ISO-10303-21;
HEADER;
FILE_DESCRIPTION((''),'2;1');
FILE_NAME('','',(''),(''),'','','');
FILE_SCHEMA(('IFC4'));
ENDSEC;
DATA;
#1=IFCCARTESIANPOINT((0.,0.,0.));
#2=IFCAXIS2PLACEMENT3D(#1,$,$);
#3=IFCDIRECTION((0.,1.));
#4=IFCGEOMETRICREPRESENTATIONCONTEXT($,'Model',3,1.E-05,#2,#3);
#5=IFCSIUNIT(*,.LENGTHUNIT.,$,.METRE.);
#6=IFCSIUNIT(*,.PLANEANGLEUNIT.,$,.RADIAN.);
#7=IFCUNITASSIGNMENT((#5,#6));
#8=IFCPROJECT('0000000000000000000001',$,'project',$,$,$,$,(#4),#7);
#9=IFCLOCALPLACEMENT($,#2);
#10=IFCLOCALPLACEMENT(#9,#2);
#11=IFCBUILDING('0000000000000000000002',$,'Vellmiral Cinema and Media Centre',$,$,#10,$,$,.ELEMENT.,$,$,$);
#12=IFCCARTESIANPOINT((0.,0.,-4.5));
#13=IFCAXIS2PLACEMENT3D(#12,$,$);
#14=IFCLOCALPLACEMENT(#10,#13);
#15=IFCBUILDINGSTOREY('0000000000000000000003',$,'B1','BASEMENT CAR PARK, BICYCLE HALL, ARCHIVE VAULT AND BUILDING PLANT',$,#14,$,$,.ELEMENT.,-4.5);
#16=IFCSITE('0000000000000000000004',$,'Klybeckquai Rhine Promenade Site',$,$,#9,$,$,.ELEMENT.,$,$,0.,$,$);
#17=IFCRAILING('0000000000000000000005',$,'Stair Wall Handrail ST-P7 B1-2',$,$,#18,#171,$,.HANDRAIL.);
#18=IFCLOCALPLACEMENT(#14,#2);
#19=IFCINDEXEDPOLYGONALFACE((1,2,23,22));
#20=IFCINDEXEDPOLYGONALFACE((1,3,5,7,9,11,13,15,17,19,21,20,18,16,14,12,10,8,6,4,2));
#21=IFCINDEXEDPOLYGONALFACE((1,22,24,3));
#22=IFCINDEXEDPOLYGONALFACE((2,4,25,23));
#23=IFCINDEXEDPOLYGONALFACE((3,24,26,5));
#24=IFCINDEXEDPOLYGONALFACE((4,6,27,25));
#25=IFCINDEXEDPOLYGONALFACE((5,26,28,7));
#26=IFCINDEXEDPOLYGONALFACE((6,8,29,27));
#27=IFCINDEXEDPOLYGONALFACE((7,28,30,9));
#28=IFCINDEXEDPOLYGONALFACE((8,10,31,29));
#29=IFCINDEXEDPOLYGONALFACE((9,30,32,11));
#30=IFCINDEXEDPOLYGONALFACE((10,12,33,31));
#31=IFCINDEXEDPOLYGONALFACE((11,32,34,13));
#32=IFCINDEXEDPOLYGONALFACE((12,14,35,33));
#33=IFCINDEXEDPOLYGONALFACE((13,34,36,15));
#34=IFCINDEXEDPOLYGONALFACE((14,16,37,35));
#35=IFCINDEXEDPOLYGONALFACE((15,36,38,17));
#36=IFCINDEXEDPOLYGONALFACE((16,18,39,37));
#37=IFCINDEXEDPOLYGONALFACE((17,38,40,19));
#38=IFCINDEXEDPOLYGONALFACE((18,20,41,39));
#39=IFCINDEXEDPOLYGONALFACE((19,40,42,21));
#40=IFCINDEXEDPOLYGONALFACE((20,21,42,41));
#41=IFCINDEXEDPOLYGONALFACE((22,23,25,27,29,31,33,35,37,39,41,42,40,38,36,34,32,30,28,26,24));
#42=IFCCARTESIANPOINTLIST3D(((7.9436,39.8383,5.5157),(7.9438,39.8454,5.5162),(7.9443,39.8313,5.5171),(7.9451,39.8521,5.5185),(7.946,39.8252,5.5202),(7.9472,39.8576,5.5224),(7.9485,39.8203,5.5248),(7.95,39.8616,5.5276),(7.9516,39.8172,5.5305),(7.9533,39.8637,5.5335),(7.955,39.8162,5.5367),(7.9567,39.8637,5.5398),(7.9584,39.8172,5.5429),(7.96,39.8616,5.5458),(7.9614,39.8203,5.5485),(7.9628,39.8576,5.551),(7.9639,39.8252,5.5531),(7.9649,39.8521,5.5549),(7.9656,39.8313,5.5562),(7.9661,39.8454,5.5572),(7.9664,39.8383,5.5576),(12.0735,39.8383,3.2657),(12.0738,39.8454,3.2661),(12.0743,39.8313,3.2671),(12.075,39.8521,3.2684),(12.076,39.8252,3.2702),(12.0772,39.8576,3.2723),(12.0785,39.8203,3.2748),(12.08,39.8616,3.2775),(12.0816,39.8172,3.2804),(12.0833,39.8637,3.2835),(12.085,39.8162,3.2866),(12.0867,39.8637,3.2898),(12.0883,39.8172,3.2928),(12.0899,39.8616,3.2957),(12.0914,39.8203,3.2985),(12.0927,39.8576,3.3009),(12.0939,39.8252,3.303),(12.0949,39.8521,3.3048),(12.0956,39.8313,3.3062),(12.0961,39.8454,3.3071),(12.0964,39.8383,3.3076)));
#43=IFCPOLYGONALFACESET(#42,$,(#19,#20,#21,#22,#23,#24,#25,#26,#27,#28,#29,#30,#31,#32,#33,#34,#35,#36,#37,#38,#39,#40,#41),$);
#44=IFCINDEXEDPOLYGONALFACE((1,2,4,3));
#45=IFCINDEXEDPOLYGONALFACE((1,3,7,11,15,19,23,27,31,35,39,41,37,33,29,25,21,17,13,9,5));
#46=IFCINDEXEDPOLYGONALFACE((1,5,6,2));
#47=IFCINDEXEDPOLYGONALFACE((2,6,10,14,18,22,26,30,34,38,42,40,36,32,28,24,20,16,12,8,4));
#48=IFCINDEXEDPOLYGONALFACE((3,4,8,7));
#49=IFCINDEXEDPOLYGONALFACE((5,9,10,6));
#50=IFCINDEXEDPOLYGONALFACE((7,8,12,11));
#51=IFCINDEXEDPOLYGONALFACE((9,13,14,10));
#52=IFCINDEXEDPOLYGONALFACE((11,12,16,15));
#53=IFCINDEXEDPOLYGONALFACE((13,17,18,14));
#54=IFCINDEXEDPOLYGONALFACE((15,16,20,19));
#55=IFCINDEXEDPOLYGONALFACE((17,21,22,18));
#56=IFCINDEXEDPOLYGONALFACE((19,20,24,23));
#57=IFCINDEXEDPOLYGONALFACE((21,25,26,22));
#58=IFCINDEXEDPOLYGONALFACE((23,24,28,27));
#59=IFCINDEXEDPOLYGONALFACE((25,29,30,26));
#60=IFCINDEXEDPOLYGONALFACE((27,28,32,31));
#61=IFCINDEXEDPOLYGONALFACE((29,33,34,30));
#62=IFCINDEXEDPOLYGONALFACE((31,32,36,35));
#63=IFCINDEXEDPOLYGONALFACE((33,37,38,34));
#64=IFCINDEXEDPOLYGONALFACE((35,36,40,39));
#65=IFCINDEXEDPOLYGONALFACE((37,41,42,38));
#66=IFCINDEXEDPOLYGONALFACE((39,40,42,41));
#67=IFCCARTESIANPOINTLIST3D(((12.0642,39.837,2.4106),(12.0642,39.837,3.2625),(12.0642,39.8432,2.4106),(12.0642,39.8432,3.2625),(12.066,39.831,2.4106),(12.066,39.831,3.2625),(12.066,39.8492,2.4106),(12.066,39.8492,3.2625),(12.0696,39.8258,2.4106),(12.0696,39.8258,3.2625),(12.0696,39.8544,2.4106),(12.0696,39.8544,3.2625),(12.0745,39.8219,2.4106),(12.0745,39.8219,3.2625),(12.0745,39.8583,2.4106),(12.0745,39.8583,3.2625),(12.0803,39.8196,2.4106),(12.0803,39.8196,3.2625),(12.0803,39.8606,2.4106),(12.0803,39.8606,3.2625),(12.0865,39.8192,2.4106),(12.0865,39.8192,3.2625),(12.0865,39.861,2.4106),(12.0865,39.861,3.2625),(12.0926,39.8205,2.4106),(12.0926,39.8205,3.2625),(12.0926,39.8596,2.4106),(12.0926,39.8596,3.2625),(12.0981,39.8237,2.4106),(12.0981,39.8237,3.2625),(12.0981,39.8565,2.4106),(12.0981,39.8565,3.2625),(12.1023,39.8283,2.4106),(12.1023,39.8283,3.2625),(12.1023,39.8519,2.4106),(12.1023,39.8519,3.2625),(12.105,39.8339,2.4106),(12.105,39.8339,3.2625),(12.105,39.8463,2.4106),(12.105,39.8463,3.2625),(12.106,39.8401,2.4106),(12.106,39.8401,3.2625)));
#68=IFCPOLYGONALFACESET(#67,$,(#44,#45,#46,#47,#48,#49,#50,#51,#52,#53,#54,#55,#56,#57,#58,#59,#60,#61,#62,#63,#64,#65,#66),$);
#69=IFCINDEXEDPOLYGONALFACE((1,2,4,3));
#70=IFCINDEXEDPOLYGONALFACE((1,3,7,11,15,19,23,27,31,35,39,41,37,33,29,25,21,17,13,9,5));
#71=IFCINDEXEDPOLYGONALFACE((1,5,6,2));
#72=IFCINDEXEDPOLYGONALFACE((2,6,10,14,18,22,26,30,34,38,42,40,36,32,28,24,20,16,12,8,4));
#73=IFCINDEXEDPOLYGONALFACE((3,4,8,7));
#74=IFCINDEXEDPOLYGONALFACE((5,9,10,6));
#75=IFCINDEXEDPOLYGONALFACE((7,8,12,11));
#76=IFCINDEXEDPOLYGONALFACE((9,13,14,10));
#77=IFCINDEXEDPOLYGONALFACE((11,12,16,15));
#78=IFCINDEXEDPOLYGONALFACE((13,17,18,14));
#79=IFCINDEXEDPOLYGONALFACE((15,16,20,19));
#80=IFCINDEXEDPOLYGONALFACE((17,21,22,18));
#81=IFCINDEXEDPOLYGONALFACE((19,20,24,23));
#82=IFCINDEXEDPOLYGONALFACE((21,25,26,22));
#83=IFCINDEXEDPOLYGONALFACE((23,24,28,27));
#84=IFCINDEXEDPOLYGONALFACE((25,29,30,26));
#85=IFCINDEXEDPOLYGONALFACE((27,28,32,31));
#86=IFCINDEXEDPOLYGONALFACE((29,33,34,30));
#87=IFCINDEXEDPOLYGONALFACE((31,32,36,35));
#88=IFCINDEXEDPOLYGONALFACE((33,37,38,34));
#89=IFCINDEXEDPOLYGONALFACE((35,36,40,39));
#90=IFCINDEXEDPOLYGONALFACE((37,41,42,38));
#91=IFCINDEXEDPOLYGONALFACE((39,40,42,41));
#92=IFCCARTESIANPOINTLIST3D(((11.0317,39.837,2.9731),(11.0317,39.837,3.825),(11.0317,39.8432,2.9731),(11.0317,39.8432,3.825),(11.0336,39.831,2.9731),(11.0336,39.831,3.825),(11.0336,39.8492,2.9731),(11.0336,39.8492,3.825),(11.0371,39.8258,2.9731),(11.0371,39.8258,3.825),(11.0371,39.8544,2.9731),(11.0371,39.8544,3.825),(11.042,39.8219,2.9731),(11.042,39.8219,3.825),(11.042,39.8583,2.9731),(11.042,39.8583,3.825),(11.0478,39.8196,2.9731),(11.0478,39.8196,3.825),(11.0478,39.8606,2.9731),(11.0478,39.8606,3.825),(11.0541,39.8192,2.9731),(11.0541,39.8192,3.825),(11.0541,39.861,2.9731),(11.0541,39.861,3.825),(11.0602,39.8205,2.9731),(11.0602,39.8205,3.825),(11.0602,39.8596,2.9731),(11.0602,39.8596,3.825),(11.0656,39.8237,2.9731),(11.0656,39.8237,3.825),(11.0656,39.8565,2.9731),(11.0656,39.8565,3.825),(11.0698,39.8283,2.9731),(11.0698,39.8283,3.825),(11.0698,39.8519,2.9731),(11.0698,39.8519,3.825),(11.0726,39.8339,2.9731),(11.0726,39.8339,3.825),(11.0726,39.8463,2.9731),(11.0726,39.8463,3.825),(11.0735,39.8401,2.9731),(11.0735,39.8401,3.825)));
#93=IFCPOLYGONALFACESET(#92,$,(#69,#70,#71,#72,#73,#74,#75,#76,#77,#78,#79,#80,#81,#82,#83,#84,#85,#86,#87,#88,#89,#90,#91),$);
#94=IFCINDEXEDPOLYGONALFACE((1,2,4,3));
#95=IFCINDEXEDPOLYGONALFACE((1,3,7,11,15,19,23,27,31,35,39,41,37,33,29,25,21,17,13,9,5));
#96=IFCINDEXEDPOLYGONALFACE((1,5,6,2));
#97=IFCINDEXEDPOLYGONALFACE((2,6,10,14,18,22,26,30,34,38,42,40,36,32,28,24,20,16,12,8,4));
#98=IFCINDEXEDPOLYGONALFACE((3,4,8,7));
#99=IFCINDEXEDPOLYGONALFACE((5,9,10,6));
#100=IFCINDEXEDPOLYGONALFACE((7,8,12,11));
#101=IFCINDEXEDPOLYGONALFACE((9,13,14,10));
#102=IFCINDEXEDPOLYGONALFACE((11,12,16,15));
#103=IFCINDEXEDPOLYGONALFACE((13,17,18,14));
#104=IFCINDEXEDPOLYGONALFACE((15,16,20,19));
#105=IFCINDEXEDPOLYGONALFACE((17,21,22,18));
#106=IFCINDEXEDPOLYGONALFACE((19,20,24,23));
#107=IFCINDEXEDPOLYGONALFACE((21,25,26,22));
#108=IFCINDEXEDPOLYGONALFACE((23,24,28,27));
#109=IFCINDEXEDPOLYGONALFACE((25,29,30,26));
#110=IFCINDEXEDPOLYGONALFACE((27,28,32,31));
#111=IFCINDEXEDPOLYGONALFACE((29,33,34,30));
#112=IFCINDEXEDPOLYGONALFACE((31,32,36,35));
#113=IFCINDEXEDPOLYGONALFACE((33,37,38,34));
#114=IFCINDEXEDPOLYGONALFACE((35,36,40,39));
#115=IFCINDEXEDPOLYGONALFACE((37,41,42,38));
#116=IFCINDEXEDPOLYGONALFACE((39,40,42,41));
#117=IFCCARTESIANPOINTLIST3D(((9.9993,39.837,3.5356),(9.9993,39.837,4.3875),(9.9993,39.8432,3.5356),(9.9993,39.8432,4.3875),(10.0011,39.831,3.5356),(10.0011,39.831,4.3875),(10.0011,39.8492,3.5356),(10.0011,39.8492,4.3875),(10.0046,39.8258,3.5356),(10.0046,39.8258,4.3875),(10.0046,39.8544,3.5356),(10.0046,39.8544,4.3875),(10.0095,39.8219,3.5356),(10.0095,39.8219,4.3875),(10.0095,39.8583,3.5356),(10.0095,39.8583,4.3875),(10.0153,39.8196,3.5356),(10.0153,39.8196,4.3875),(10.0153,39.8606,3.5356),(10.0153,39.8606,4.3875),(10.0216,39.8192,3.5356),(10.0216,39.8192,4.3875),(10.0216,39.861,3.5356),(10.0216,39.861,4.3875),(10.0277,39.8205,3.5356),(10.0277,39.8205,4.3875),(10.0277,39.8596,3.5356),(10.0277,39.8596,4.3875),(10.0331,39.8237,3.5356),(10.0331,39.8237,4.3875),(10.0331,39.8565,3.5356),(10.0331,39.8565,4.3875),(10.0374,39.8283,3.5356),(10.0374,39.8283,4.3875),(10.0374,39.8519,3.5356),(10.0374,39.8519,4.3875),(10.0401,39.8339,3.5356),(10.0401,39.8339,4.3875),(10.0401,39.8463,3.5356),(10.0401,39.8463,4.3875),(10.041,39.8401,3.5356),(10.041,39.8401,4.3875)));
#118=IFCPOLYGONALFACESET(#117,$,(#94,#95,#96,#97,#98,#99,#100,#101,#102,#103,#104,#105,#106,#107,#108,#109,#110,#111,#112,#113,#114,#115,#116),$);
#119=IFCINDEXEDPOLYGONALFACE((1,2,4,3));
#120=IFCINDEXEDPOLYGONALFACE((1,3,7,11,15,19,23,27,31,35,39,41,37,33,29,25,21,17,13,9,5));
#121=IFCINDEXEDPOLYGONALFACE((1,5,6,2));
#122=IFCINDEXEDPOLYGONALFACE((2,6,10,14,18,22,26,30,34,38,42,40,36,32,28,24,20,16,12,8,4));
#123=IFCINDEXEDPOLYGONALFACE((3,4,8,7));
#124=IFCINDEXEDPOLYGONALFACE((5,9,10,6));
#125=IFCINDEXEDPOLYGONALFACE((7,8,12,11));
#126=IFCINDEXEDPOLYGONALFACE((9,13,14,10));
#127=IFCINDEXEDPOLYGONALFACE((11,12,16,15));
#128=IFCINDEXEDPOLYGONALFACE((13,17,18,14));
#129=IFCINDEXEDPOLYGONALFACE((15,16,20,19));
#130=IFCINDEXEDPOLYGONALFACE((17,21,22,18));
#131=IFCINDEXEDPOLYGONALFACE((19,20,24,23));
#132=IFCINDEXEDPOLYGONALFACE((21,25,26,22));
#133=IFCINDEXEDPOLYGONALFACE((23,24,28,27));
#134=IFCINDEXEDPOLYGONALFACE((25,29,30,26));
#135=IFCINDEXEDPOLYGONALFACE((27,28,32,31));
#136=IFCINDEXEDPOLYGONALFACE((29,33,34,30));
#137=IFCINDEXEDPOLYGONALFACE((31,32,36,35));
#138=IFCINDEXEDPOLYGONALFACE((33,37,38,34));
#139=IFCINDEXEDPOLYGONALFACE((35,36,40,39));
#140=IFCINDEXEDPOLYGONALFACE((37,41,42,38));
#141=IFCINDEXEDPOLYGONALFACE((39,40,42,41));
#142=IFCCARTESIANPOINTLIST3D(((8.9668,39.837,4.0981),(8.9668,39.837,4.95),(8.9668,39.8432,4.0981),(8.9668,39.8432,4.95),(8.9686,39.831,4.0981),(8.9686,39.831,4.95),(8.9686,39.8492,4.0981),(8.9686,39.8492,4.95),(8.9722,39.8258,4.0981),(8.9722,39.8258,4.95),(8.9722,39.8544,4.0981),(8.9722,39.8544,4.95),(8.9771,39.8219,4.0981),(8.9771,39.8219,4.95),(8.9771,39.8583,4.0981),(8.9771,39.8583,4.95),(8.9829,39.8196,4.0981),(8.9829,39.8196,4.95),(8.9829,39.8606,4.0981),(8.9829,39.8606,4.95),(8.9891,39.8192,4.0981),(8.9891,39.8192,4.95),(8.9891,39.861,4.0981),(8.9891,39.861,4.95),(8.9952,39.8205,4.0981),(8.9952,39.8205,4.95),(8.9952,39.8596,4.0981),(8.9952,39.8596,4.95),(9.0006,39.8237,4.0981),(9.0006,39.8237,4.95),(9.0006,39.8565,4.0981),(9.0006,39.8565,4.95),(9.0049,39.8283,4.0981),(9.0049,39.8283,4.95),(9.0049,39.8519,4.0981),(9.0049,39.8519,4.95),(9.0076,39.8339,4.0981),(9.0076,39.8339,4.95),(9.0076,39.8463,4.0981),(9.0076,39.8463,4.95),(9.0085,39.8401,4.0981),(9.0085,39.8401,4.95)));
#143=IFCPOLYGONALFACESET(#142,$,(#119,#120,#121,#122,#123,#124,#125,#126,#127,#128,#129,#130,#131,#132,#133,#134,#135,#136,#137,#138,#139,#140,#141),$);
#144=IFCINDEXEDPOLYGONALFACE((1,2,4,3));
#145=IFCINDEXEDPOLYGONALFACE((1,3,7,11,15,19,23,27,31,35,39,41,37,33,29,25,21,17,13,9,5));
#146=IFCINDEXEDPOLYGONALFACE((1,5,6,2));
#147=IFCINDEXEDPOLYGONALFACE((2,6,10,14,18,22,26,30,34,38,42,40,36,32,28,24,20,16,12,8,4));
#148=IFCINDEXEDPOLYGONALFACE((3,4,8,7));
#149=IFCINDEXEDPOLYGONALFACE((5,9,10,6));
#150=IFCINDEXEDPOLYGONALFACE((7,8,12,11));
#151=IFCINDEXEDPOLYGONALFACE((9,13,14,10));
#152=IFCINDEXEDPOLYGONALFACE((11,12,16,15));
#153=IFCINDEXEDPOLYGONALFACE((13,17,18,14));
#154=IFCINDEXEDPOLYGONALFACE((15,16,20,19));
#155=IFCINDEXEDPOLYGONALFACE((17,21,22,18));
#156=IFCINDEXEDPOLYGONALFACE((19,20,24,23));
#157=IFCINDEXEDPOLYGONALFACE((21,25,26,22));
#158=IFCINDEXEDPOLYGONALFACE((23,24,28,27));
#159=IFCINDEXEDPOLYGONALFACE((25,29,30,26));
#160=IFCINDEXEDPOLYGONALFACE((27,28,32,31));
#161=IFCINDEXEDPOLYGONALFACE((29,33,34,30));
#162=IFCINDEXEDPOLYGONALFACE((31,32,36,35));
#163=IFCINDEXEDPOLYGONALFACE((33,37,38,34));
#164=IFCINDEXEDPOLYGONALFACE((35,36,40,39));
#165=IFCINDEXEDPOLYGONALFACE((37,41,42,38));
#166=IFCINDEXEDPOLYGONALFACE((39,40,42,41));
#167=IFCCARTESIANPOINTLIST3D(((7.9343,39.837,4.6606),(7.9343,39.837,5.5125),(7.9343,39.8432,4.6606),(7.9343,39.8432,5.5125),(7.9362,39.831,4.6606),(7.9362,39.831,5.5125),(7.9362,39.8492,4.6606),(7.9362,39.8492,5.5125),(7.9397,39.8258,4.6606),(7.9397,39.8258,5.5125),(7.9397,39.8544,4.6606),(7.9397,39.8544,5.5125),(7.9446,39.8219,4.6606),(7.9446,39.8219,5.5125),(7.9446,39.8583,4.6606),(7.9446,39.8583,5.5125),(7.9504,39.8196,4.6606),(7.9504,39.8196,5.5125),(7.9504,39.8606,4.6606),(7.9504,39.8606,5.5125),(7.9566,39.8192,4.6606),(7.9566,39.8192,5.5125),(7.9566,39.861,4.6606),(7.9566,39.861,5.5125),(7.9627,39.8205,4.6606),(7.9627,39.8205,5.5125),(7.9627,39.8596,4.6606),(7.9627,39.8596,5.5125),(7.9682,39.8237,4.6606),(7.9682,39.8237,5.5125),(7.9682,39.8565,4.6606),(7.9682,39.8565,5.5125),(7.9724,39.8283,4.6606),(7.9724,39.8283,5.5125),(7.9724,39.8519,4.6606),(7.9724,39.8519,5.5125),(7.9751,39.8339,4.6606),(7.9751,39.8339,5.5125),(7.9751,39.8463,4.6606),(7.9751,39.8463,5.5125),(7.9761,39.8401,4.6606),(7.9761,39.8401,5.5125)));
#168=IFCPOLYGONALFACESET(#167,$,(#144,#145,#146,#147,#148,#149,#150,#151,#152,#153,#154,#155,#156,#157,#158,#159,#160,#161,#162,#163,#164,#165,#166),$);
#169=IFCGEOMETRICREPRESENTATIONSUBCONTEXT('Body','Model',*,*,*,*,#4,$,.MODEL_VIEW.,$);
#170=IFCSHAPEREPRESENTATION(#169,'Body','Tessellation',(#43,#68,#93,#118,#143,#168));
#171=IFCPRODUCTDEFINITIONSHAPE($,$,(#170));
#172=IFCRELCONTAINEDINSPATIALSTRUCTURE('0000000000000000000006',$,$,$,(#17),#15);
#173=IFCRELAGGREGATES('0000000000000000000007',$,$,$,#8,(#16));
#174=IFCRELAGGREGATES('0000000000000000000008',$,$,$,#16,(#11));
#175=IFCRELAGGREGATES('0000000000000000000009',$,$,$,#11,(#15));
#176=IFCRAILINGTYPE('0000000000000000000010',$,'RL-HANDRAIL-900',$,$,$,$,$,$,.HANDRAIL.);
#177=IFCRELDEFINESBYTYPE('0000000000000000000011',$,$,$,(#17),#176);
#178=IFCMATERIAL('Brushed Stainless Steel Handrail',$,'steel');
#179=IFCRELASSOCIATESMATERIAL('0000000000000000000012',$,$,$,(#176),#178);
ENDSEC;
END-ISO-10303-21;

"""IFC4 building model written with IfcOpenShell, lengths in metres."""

from ifc_helpers import new_model, si_unit, direction, frame, origin, origin_2d, place, context, subcontext, project, spatial, circle, extrude, material, type_object, element, save


model = new_model("IFC4")

# Units and contexts
model_context = context("Model", 3, precision=1e-05, world=origin(), true_north=direction((0.0, 1.0)))
body_context = subcontext(model_context, "Body", "Model", "MODEL_VIEW")
ifc_project = project(units=[si_unit("LENGTHUNIT", "METRE"), si_unit("PLANEANGLEUNIT", "RADIAN")], contexts=[model_context])

# Site, building, storey
site_placement = place(None, origin())
site = spatial("IfcSite", under=ifc_project, at=site_placement, Name="Klybeckquai Rhine Promenade Site", CompositionType="ELEMENT", RefElevation=0.0)
building_placement = place(site_placement, origin())
building = spatial("IfcBuilding", under=site, at=building_placement, Name="Vellmiral Cinema and Media Centre", CompositionType="ELEMENT")
storey_placement = place(building_placement, frame((0.0, 0.0, -4.5)))
storey = spatial("IfcBuildingStorey", under=building, at=storey_placement, Name="B1", Description="BASEMENT CAR PARK, BICYCLE HALL, ARCHIVE VAULT AND BUILDING PLANT", CompositionType="ELEMENT", Elevation=-4.5)

# Railing
ifc_material_1 = material(Name="Brushed Stainless Steel Handrail", Category="steel")
railing_type_1 = type_object("IfcRailingType", Name="RL-HANDRAIL-900", PredefinedType="HANDRAIL", material=ifc_material_1)
railing_1_placement = place(storey_placement, frame((12.085, 39.8401, 2.4106)))
element("IfcRailing", 1, at=railing_1_placement, inside=storey, type_object=railing_type_1, Name="Stair Wall Handrail ST-P7 B1-2", PredefinedType="HANDRAIL", context=body_context, shape_type="SweptSolid", body=[
    extrude(circle(Radius=0.0239, at=origin_2d()), frame((0.0, 0.0, 0.876), z_axis=(-0.878134, 0.0, 0.478416), x_axis=(0.0, -1.0, 0.0)), (0.0, 0.0, 1.0), 4.7031),
    extrude(circle(Radius=0.021, at=origin_2d()), origin(), (0.0, 0.0, 1.0), 0.8518),
    extrude(circle(Radius=0.021, at=origin_2d()), frame((-1.0325, 0.0, 0.5625)), (0.0, 0.0, 1.0), 0.8518),
    extrude(circle(Radius=0.021, at=origin_2d()), frame((-2.0649, 0.0, 1.125)), (0.0, 0.0, 1.0), 0.8518),
    extrude(circle(Radius=0.021, at=origin_2d()), frame((-3.0974, 0.0, 1.6875)), (0.0, 0.0, 1.0), 0.8518),
    extrude(circle(Radius=0.021, at=origin_2d()), frame((-4.1299, 0.0, 2.25)), (0.0, 0.0, 1.0), 0.8518),
])

save(model, "model.ifc")
